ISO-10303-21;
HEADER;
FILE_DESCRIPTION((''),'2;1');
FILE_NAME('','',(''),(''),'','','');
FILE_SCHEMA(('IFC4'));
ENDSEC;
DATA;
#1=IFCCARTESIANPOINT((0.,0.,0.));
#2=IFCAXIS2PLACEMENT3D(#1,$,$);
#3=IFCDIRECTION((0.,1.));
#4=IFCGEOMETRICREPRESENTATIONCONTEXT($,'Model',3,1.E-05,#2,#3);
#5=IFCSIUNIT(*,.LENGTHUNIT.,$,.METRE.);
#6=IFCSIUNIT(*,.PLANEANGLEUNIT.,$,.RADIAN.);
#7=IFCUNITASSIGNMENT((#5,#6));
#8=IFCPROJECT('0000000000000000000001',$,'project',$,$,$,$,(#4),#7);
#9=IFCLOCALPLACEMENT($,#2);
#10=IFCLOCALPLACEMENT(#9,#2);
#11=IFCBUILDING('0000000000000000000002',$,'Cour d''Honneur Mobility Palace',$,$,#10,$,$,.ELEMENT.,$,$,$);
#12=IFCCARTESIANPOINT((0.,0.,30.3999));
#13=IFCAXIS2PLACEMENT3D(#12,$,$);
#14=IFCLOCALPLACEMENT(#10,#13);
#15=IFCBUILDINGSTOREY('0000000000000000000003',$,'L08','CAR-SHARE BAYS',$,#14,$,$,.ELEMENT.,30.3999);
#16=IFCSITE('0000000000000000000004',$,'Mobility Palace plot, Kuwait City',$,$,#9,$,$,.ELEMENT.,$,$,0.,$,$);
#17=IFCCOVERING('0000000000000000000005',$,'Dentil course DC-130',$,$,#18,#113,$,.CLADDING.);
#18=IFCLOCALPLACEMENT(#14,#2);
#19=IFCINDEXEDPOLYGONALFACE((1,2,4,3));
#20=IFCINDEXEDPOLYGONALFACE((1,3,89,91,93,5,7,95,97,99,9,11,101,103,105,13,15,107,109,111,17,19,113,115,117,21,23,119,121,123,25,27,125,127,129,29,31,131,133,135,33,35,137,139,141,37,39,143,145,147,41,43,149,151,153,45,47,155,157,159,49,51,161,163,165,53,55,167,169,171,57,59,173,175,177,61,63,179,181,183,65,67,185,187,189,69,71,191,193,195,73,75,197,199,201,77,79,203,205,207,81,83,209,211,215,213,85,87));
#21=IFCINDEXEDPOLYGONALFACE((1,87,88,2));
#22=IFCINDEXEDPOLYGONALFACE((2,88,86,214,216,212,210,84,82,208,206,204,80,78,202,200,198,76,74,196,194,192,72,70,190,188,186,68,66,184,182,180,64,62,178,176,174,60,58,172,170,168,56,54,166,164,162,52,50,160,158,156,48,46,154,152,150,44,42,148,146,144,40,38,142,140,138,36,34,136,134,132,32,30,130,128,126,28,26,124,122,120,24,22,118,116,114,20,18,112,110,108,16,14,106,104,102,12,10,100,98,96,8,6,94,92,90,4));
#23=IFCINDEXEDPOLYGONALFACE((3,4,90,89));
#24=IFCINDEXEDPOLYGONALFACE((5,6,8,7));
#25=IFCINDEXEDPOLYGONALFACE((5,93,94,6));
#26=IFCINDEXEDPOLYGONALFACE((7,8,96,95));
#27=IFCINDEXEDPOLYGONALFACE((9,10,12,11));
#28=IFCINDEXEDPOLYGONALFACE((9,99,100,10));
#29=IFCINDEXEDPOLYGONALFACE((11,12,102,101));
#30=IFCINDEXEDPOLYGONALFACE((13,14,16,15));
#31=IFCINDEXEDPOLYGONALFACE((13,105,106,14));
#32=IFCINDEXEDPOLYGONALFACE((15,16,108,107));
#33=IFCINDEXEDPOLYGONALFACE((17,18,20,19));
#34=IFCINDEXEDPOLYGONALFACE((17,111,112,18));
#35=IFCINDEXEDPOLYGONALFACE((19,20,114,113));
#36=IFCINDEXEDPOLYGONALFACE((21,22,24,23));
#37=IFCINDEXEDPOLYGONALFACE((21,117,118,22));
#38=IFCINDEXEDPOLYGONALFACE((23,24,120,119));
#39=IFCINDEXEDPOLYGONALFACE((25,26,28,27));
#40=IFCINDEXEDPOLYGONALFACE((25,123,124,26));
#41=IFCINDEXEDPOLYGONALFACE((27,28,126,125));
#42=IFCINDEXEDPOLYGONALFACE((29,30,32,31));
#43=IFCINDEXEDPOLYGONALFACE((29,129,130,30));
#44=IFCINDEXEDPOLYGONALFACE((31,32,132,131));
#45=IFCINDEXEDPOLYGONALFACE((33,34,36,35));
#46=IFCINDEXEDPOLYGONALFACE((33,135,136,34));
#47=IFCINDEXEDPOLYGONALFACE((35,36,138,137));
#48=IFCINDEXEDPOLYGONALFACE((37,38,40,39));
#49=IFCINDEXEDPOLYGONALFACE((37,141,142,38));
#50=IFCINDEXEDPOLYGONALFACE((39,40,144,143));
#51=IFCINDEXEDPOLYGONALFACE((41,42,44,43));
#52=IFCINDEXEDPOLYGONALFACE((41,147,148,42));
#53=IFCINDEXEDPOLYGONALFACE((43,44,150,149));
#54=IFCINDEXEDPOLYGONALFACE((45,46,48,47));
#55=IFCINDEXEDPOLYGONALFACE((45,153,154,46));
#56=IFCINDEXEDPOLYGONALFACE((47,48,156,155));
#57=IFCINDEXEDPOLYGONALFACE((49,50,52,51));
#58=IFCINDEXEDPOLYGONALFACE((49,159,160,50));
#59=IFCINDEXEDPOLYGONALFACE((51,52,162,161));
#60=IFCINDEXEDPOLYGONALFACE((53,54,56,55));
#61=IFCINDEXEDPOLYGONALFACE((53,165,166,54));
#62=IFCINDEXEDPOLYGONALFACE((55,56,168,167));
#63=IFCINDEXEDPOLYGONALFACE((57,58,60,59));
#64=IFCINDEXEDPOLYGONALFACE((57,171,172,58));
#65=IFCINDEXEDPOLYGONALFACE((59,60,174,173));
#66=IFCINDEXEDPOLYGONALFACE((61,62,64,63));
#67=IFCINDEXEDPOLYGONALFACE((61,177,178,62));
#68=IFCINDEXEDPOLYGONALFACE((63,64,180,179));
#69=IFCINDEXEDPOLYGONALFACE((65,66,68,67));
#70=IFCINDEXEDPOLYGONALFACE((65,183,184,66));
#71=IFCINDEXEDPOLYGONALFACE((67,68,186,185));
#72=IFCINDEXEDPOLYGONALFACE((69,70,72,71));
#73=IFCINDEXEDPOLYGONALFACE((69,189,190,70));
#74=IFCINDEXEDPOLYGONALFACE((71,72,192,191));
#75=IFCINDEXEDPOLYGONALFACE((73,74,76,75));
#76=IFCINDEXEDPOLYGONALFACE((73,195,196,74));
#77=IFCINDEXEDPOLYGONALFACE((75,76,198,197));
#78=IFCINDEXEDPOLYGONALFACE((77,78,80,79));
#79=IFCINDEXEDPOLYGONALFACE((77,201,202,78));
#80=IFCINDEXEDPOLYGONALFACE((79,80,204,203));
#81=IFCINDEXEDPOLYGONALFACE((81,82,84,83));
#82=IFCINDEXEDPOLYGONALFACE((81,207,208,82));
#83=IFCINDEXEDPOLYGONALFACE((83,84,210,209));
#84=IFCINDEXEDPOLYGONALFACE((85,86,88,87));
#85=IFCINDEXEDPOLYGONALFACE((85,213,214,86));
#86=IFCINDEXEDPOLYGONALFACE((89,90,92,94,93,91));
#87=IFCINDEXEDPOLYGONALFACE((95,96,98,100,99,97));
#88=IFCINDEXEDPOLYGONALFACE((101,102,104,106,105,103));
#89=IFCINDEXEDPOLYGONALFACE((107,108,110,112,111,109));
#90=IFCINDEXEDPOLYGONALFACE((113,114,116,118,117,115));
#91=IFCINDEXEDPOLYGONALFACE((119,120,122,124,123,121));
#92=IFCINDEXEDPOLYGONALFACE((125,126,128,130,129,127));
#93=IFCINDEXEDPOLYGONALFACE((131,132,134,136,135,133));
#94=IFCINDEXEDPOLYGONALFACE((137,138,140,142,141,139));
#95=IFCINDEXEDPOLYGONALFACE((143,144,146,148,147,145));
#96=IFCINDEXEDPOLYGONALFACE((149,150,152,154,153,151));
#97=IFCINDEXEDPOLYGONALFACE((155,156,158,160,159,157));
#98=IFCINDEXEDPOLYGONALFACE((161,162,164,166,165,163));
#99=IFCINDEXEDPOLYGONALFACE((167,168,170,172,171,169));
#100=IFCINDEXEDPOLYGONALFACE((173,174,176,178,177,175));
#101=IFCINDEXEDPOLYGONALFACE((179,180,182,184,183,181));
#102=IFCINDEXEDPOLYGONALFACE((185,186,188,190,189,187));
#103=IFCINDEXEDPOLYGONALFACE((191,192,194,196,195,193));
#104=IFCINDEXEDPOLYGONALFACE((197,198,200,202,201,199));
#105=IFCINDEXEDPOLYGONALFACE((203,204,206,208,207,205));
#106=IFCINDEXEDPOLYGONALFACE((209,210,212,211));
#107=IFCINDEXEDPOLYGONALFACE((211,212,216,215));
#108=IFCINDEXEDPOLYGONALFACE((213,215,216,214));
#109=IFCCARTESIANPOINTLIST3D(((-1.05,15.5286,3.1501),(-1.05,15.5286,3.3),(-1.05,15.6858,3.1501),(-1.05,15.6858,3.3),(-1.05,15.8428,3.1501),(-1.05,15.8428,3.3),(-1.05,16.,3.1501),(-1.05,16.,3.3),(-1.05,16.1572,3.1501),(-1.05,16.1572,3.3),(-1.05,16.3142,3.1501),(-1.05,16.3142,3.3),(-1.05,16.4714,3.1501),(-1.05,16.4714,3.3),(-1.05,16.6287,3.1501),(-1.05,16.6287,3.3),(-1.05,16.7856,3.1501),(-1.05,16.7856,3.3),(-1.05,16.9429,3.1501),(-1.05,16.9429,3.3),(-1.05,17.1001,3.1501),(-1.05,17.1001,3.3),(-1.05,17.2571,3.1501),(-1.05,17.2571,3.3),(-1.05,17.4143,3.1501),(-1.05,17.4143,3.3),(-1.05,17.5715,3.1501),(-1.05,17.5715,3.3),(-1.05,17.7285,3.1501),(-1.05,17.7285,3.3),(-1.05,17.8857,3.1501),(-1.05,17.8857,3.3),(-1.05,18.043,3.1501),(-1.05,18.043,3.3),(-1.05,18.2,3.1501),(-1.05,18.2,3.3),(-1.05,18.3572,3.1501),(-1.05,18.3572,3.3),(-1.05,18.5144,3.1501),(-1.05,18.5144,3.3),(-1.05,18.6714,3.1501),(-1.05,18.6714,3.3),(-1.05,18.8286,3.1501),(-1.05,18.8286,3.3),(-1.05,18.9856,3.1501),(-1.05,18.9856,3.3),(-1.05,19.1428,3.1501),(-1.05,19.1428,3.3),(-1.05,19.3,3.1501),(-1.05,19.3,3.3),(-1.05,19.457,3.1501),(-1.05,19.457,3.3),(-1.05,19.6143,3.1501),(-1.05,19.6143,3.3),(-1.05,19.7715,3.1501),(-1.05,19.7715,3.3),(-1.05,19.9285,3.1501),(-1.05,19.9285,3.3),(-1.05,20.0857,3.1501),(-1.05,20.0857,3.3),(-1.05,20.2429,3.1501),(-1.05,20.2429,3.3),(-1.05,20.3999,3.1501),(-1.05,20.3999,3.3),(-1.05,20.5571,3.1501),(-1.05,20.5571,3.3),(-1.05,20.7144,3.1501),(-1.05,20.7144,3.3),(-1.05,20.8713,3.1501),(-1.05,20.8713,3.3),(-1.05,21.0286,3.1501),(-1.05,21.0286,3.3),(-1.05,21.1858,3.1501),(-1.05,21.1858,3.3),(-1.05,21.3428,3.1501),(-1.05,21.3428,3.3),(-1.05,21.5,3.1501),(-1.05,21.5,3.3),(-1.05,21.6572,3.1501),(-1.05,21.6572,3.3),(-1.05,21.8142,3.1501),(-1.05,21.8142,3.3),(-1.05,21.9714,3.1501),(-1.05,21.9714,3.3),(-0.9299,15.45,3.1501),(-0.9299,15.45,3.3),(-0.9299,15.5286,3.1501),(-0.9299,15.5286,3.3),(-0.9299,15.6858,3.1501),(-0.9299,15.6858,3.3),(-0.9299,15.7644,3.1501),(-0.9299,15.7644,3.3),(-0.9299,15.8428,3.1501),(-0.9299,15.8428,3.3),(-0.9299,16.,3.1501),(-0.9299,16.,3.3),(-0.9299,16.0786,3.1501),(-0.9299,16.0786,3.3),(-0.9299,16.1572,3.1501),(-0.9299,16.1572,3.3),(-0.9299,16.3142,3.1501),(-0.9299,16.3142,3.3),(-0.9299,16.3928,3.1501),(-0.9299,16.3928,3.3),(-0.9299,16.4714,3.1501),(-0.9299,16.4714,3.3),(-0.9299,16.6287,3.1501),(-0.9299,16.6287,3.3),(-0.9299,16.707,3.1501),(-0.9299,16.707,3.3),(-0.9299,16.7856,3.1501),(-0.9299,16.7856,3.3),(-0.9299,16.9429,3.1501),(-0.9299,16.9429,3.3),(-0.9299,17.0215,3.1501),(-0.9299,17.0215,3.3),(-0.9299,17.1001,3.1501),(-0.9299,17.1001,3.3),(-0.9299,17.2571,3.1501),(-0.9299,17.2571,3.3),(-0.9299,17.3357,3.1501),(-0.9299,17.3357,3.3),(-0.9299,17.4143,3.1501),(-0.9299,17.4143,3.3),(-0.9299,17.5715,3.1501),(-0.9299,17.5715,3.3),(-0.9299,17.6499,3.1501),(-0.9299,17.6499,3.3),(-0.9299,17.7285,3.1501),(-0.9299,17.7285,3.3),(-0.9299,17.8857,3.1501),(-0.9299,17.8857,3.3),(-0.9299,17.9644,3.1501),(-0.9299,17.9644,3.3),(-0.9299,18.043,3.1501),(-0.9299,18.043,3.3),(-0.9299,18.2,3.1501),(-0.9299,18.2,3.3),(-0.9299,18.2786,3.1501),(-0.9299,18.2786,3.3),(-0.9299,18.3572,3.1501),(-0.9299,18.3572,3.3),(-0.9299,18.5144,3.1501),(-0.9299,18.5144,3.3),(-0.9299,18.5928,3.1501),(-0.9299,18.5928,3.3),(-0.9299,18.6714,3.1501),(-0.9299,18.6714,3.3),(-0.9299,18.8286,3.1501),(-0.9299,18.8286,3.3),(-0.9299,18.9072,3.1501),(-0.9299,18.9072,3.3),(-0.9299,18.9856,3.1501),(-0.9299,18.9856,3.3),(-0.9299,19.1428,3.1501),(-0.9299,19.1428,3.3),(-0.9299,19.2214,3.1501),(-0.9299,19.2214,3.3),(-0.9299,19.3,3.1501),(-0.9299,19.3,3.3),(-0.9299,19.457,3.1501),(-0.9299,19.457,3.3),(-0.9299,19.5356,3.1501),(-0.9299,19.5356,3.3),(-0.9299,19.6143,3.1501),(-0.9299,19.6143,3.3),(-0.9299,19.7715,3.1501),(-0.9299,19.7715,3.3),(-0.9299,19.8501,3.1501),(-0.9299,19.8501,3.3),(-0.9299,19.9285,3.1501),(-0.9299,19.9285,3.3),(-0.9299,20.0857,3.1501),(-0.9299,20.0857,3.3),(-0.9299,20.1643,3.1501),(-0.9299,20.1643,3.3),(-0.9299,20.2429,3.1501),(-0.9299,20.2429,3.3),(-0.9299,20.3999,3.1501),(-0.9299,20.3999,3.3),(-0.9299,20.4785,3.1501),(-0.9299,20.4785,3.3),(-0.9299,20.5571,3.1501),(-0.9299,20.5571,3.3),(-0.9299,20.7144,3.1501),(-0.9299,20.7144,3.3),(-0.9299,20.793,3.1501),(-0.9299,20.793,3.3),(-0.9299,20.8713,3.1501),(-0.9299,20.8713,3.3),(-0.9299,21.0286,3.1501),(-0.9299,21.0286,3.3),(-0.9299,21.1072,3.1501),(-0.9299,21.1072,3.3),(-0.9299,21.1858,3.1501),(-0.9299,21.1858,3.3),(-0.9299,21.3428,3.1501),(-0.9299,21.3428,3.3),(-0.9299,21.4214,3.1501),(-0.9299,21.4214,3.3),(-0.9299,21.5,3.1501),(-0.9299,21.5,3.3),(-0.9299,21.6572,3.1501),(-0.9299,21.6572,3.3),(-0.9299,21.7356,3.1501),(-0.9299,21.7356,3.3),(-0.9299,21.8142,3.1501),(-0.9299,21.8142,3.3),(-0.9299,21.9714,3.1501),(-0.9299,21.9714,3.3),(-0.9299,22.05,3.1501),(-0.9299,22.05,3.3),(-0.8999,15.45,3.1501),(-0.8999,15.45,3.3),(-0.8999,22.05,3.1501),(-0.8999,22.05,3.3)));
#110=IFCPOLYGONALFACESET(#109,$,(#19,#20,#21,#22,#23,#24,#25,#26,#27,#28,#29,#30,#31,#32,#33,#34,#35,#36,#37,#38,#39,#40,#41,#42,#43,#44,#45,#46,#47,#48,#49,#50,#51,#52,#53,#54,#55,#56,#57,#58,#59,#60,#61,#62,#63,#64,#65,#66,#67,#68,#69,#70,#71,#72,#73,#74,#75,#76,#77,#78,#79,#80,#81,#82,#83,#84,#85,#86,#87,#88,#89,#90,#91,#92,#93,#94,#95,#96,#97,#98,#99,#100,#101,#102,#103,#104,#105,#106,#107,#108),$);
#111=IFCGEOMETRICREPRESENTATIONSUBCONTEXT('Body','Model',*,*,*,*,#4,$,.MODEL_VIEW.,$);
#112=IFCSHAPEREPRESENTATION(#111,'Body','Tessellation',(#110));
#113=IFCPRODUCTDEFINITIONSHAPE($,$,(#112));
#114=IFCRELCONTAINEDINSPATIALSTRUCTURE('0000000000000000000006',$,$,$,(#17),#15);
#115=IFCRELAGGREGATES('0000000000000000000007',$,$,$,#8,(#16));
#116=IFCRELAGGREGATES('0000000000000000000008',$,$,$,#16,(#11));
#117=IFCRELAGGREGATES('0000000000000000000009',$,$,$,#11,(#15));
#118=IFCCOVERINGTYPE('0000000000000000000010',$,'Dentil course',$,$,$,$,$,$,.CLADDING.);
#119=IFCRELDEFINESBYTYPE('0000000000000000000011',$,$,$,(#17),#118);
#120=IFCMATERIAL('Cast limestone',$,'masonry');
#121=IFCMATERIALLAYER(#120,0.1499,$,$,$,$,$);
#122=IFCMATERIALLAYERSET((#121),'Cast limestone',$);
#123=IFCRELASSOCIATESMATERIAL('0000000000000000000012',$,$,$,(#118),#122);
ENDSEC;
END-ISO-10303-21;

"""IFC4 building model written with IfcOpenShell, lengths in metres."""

from ifc_helpers import new_model, si_unit, direction, frame, origin, place, context, subcontext, project, spatial, polyline, outline, extrude, material, layer, layer_set, type_object, element, save


model = new_model("IFC4")

# Units and contexts
model_context = context("Model", 3, precision=1e-05, world=origin(), true_north=direction((0.0, 1.0)))
body_context = subcontext(model_context, "Body", "Model", "MODEL_VIEW")
ifc_project = project(units=[si_unit("LENGTHUNIT", "METRE"), si_unit("PLANEANGLEUNIT", "RADIAN")], contexts=[model_context])

# Site, building, storey
site_placement = place(None, origin())
site = spatial("IfcSite", under=ifc_project, at=site_placement, Name="Mobility Palace plot, Kuwait City", CompositionType="ELEMENT", RefElevation=0.0)
building_placement = place(site_placement, origin())
building = spatial("IfcBuilding", under=site, at=building_placement, Name="Cour d'Honneur Mobility Palace", CompositionType="ELEMENT")
storey_placement = place(building_placement, frame((0.0, 0.0, 30.3999)))
storey = spatial("IfcBuildingStorey", under=building, at=storey_placement, Name="L08", Description="CAR-SHARE BAYS", CompositionType="ELEMENT", Elevation=30.3999)

# Covering
ifc_material_1 = material(Name="Cast limestone", Category="masonry")
ifc_layer_1 = layer(ifc_material_1, 0.1499)
ifc_layer_set_1 = layer_set([ifc_layer_1], Name="Cast limestone")
covering_type_1 = type_object("IfcCoveringType", Name="Dentil course", PredefinedType="CLADDING", material=ifc_layer_set_1)
covering_1_placement = place(storey_placement, frame((0.0, 0.0, 3.1501)))
element("IfcCovering", 1, at=covering_1_placement, inside=storey, type_object=covering_type_1, Name="Dentil course DC-130", PredefinedType="CLADDING", context=body_context, shape_type="SweptSolid", body=[
    extrude(outline(polyline([(-0.8999, 22.05), (-0.8999, 15.45), (-0.9299, 15.45), (-0.9299, 15.45), (-0.9299, 15.5286), (-1.05, 15.5286), (-1.05, 15.6858), (-0.9299, 15.6858), (-0.9299, 15.7644), (-0.9299, 15.7644), (-0.9299, 15.8428), (-1.05, 15.8428), (-1.05, 16.0), (-0.9299, 16.0), (-0.9299, 16.0786), (-0.9299, 16.0786), (-0.9299, 16.1572), (-1.05, 16.1572), (-1.05, 16.3142), (-0.9299, 16.3142), (-0.9299, 16.3928), (-0.9299, 16.3928), (-0.9299, 16.4714), (-1.05, 16.4714), (-1.05, 16.6287), (-0.9299, 16.6287), (-0.9299, 16.707), (-0.9299, 16.707), (-0.9299, 16.7856), (-1.05, 16.7856), (-1.05, 16.9429), (-0.9299, 16.9429), (-0.9299, 17.0215), (-0.9299, 17.0215), (-0.9299, 17.1001), (-1.05, 17.1001), (-1.05, 17.2571), (-0.9299, 17.2571), (-0.9299, 17.3357), (-0.9299, 17.3357), (-0.9299, 17.4143), (-1.05, 17.4143), (-1.05, 17.5715), (-0.9299, 17.5715), (-0.9299, 17.6499), (-0.9299, 17.6499), (-0.9299, 17.7285), (-1.05, 17.7285), (-1.05, 17.8857), (-0.9299, 17.8857), (-0.9299, 17.9644), (-0.9299, 17.9644), (-0.9299, 18.043), (-1.05, 18.043), (-1.05, 18.2), (-0.9299, 18.2), (-0.9299, 18.2786), (-0.9299, 18.2786), (-0.9299, 18.3572), (-1.05, 18.3572), (-1.05, 18.5144), (-0.9299, 18.5144), (-0.9299, 18.5928), (-0.9299, 18.5928), (-0.9299, 18.6714), (-1.05, 18.6714), (-1.05, 18.8286), (-0.9299, 18.8286), (-0.9299, 18.9072), (-0.9299, 18.9072), (-0.9299, 18.9856), (-1.05, 18.9856), (-1.05, 19.1428), (-0.9299, 19.1428), (-0.9299, 19.2214), (-0.9299, 19.2214), (-0.9299, 19.3), (-1.05, 19.3), (-1.05, 19.457), (-0.9299, 19.457), (-0.9299, 19.5356), (-0.9299, 19.5356), (-0.9299, 19.6143), (-1.05, 19.6143), (-1.05, 19.7715), (-0.9299, 19.7715), (-0.9299, 19.8501), (-0.9299, 19.8501), (-0.9299, 19.9285), (-1.05, 19.9285), (-1.05, 20.0857), (-0.9299, 20.0857), (-0.9299, 20.1643), (-0.9299, 20.1643), (-0.9299, 20.2429), (-1.05, 20.2429), (-1.05, 20.3999), (-0.9299, 20.3999), (-0.9299, 20.4785), (-0.9299, 20.4785), (-0.9299, 20.5571), (-1.05, 20.5571), (-1.05, 20.7144), (-0.9299, 20.7144), (-0.9299, 20.793), (-0.9299, 20.793), (-0.9299, 20.8713), (-1.05, 20.8713), (-1.05, 21.0286), (-0.9299, 21.0286), (-0.9299, 21.1072), (-0.9299, 21.1072), (-0.9299, 21.1858), (-1.05, 21.1858), (-1.05, 21.3428), (-0.9299, 21.3428), (-0.9299, 21.4214), (-0.9299, 21.4214), (-0.9299, 21.5), (-1.05, 21.5), (-1.05, 21.6572), (-0.9299, 21.6572), (-0.9299, 21.7356), (-0.9299, 21.7356), (-0.9299, 21.8142), (-1.05, 21.8142), (-1.05, 21.9714), (-0.9299, 21.9714), (-0.9299, 22.05), (-0.8999, 22.05)])), origin(), (0.0, 0.0, 1.0), 0.1499),
])

save(model, "model.ifc")
